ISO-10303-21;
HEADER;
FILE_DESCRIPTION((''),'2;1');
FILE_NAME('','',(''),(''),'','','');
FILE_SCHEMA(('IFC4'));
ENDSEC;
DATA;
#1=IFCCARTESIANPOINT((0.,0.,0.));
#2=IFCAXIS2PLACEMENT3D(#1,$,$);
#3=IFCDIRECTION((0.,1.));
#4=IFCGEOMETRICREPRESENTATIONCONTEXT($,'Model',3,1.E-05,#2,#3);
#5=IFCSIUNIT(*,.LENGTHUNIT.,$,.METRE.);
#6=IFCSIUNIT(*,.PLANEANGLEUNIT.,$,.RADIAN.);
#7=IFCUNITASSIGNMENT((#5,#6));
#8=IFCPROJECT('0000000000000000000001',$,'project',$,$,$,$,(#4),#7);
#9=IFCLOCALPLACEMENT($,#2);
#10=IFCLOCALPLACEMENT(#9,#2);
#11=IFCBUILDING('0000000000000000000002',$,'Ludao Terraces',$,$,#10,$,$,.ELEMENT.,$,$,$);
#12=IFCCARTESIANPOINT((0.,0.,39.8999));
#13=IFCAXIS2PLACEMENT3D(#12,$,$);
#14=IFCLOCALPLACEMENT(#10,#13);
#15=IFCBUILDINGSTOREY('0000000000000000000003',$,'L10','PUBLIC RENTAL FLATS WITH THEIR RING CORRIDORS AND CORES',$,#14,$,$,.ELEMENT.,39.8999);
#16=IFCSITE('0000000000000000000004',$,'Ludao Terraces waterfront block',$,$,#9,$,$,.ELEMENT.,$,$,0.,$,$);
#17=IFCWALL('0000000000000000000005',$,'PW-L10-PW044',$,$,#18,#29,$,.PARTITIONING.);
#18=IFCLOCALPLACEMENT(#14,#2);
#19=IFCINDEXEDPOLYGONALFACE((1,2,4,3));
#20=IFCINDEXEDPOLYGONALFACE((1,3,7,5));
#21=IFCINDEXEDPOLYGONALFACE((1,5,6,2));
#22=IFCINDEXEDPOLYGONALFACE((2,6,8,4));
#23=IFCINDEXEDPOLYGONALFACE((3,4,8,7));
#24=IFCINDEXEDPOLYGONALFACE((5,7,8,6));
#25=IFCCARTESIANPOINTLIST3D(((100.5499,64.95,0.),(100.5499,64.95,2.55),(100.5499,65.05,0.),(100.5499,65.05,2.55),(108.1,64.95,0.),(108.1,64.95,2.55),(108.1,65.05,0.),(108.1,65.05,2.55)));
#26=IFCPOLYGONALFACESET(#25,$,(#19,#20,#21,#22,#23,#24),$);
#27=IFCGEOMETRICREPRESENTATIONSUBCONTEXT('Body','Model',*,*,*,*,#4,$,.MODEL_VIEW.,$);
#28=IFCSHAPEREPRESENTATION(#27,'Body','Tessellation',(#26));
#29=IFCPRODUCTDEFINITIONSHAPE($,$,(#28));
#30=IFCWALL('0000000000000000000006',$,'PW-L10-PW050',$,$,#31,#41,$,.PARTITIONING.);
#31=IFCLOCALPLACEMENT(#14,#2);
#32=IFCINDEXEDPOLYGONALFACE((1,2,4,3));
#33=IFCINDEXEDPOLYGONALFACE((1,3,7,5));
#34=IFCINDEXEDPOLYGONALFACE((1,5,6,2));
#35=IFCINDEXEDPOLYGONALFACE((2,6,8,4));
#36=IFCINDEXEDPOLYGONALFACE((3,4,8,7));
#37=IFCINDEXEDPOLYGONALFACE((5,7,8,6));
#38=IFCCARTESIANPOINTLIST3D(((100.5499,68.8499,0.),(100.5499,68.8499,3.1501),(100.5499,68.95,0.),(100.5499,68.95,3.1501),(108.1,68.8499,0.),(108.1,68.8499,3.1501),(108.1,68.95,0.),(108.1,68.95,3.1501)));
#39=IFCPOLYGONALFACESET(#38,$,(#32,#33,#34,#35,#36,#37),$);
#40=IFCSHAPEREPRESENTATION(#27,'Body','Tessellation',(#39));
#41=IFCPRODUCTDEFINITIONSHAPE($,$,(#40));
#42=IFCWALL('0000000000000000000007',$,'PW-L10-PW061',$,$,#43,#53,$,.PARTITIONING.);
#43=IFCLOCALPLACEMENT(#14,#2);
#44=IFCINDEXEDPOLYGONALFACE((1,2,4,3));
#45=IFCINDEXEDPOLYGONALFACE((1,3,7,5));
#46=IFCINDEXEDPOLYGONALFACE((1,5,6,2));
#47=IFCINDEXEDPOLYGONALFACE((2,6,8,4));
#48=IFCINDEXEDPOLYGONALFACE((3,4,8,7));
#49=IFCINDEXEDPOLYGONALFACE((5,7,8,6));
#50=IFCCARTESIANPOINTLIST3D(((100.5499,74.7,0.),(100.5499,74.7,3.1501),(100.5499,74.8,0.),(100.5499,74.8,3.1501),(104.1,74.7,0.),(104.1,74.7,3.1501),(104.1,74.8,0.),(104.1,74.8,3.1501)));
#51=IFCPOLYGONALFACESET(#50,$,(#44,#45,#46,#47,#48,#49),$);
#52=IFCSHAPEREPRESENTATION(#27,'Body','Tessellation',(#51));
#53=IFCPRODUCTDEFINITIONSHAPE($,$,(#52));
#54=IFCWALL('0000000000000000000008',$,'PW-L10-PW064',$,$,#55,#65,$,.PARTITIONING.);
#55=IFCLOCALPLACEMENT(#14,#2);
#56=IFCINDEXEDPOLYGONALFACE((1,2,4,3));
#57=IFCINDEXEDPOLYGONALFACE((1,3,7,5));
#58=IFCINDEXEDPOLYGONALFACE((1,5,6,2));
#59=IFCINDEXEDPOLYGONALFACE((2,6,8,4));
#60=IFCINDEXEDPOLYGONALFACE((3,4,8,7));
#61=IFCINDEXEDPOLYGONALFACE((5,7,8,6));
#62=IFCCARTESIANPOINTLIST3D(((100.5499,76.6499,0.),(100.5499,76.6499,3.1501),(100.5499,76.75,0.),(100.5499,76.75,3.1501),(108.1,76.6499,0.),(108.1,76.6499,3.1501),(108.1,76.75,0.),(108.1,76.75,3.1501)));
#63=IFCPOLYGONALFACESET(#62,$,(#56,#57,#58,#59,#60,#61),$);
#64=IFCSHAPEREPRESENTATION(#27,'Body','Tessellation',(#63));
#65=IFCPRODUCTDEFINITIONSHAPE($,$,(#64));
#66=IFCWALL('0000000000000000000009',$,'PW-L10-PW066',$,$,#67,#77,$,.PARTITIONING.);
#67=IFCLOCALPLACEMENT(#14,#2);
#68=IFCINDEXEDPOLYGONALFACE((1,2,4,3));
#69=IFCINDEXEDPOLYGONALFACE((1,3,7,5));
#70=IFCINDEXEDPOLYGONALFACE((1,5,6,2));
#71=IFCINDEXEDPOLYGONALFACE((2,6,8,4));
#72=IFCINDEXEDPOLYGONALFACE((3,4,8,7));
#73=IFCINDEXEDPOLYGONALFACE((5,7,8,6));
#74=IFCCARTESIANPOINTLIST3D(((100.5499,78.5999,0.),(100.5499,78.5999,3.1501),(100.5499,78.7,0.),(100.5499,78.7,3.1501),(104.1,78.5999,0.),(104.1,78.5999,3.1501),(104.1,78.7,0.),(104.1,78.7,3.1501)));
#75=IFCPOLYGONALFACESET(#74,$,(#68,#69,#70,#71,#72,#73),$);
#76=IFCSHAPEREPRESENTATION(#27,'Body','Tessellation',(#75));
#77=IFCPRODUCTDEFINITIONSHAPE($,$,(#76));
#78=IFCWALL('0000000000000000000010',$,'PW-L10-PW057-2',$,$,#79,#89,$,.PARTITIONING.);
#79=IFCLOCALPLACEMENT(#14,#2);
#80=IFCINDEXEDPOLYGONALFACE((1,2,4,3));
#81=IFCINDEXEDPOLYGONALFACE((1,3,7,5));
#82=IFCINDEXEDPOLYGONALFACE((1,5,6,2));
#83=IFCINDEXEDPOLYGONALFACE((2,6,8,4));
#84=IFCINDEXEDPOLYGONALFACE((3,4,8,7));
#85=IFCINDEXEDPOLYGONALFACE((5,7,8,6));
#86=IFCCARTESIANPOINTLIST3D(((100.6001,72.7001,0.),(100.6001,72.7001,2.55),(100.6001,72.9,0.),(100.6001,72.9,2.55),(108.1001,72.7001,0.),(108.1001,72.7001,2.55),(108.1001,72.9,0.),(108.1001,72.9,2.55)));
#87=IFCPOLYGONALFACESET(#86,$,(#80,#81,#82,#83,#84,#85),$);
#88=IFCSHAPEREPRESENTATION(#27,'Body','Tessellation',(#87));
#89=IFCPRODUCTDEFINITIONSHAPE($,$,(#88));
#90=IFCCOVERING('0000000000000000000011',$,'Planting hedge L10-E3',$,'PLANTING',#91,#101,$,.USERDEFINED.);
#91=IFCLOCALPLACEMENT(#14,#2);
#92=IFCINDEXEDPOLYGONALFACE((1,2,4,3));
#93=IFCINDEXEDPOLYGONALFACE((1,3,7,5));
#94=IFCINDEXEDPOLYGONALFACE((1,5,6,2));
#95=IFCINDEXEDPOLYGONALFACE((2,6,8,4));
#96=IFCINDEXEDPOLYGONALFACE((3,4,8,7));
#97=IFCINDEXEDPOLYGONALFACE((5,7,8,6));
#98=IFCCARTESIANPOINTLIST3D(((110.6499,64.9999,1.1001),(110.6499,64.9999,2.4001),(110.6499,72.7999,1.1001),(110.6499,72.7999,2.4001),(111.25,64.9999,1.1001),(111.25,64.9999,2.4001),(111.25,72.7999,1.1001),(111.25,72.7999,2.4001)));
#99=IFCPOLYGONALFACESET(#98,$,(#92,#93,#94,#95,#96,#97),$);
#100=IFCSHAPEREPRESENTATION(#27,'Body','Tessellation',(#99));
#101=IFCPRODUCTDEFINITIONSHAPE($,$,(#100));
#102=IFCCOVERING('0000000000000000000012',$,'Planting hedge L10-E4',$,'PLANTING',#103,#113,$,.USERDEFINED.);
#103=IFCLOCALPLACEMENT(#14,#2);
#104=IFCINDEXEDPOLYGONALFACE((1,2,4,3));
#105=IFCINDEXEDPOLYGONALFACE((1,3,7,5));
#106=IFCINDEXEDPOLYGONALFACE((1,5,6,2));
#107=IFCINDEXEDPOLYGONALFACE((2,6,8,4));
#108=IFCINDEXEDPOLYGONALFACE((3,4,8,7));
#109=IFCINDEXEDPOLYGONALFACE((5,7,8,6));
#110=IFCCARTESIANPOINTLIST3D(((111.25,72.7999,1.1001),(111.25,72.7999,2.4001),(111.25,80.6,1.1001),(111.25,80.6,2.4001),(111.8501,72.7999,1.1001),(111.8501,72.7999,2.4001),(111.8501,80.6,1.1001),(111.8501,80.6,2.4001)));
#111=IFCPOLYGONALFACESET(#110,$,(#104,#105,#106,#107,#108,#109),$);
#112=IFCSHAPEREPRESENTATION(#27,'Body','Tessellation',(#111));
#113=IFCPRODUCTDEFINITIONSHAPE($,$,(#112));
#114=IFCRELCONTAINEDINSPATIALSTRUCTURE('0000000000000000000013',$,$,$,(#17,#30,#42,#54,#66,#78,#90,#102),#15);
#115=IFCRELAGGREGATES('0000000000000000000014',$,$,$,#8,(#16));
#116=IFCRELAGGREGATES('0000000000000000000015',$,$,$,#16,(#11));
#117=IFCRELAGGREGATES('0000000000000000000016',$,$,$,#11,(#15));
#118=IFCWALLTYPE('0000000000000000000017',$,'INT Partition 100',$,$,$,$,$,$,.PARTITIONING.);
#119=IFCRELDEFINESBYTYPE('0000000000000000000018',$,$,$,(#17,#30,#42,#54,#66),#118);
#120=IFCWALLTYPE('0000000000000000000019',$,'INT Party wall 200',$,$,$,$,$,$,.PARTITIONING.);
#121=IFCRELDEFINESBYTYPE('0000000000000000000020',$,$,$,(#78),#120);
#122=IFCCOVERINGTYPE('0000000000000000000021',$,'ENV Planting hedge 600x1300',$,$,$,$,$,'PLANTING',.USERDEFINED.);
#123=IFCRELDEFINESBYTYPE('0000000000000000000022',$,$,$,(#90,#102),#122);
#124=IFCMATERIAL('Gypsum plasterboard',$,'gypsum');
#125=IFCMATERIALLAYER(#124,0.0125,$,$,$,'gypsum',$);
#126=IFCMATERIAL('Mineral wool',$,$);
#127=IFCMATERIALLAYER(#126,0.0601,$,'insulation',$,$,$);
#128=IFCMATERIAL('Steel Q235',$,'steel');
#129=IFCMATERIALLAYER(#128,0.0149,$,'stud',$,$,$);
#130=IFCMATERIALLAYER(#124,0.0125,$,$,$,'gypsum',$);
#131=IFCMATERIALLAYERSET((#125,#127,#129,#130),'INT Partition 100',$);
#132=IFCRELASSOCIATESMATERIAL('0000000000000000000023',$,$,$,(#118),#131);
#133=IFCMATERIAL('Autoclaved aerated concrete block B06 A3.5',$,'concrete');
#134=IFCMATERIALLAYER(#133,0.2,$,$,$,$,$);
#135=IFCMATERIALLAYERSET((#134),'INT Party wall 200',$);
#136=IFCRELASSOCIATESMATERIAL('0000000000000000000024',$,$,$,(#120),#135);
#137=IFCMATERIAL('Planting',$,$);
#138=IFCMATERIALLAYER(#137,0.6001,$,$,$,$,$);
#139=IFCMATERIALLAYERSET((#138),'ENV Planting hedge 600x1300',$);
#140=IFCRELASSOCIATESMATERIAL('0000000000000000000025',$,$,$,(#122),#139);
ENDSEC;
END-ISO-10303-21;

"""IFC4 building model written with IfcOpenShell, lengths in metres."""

from ifc_helpers import new_model, si_unit, direction, frame, frame_2d, origin, origin_2d, place, context, subcontext, project, spatial, rectangle, extrude, material, layer, layer_set, type_object, element, save


model = new_model("IFC4")

# Units and contexts
model_context = context("Model", 3, precision=1e-05, world=origin(), true_north=direction((0.0, 1.0)))
body_context = subcontext(model_context, "Body", "Model", "MODEL_VIEW")
ifc_project = project(units=[si_unit("LENGTHUNIT", "METRE"), si_unit("PLANEANGLEUNIT", "RADIAN")], contexts=[model_context])

# Site, building, storey
site_placement = place(None, origin())
site = spatial("IfcSite", under=ifc_project, at=site_placement, Name="Ludao Terraces waterfront block", CompositionType="ELEMENT", RefElevation=0.0)
building_placement = place(site_placement, origin())
building = spatial("IfcBuilding", under=site, at=building_placement, Name="Ludao Terraces", CompositionType="ELEMENT")
storey_placement = place(building_placement, frame((0.0, 0.0, 39.8999)))
storey = spatial("IfcBuildingStorey", under=building, at=storey_placement, Name="L10", Description="PUBLIC RENTAL FLATS WITH THEIR RING CORRIDORS AND CORES", CompositionType="ELEMENT", Elevation=39.8999)

# Shared definitions
ifc_material_1 = material(Name="Mineral wool")

# Walls
ifc_material_2 = material(Name="Gypsum plasterboard", Category="gypsum")
ifc_layer_1 = layer(ifc_material_2, 0.0125, Category="gypsum")
ifc_layer_2 = layer(ifc_material_1, 0.0601, Name="insulation")
ifc_material_3 = material(Name="Steel Q235", Category="steel")
ifc_layer_3 = layer(ifc_material_3, 0.0149, Name="stud")
ifc_layer_4 = layer(ifc_material_2, 0.0125, Category="gypsum")
ifc_layer_set_1 = layer_set([ifc_layer_1, ifc_layer_2, ifc_layer_3, ifc_layer_4], Name="INT Partition 100")
wall_type_1 = type_object("IfcWallType", Name="INT Partition 100", PredefinedType="PARTITIONING", material=ifc_layer_set_1)
wall_1_placement = place(storey_placement, frame((100.55, 65.0, 0.0), z_axis=(0.0, 0.0, 1.0), x_axis=(1.0, 0.0, 0.0)))
element("IfcWall", 1, at=wall_1_placement, inside=storey, type_object=wall_type_1, Name="PW-L10-PW044", PredefinedType="PARTITIONING", context=body_context, shape_type="SweptSolid", body=[
    extrude(rectangle(XDim=7.55, YDim=0.1001, at=frame_2d((3.7749, 0.0))), origin(), (0.0, 0.0, 1.0), 2.55),
])
wall_2_placement = place(storey_placement, frame((100.55, 68.8999, 0.0), z_axis=(0.0, 0.0, 1.0), x_axis=(1.0, 0.0, 0.0)))
element("IfcWall", 2, at=wall_2_placement, inside=storey, type_object=wall_type_1, Name="PW-L10-PW050", PredefinedType="PARTITIONING", context=body_context, shape_type="SweptSolid", body=[
    extrude(rectangle(XDim=7.55, YDim=0.1001, at=frame_2d((3.7749, 0.0))), origin(), (0.0, 0.0, 1.0), 3.1501),
])
wall_3_placement = place(storey_placement, frame((100.55, 74.75, 0.0), z_axis=(0.0, 0.0, 1.0), x_axis=(1.0, 0.0, 0.0)))
element("IfcWall", 3, at=wall_3_placement, inside=storey, type_object=wall_type_1, Name="PW-L10-PW061", PredefinedType="PARTITIONING", context=body_context, shape_type="SweptSolid", body=[
    extrude(rectangle(XDim=3.55, YDim=0.1001, at=frame_2d((1.7749, 0.0))), origin(), (0.0, 0.0, 1.0), 3.1501),
])
wall_4_placement = place(storey_placement, frame((100.55, 76.7, 0.0), z_axis=(0.0, 0.0, 1.0), x_axis=(1.0, 0.0, 0.0)))
element("IfcWall", 4, at=wall_4_placement, inside=storey, type_object=wall_type_1, Name="PW-L10-PW064", PredefinedType="PARTITIONING", context=body_context, shape_type="SweptSolid", body=[
    extrude(rectangle(XDim=7.55, YDim=0.1001, at=frame_2d((3.7749, 0.0))), origin(), (0.0, 0.0, 1.0), 3.1501),
])
wall_5_placement = place(storey_placement, frame((100.55, 78.6499, 0.0), z_axis=(0.0, 0.0, 1.0), x_axis=(1.0, 0.0, 0.0)))
element("IfcWall", 5, at=wall_5_placement, inside=storey, type_object=wall_type_1, Name="PW-L10-PW066", PredefinedType="PARTITIONING", context=body_context, shape_type="SweptSolid", body=[
    extrude(rectangle(XDim=3.55, YDim=0.1001, at=frame_2d((1.7749, 0.0))), origin(), (0.0, 0.0, 1.0), 3.1501),
])
ifc_material_4 = material(Name="Autoclaved aerated concrete block B06 A3.5", Category="concrete")
ifc_layer_5 = layer(ifc_material_4, 0.2)
ifc_layer_set_2 = layer_set([ifc_layer_5], Name="INT Party wall 200")
wall_type_2 = type_object("IfcWallType", Name="INT Party wall 200", PredefinedType="PARTITIONING", material=ifc_layer_set_2)
wall_6_placement = place(storey_placement, frame((100.6001, 72.8, 0.0), z_axis=(0.0, 0.0, 1.0), x_axis=(1.0, 0.0, 0.0)))
element("IfcWall", 6, at=wall_6_placement, inside=storey, type_object=wall_type_2, Name="PW-L10-PW057-2", PredefinedType="PARTITIONING", context=body_context, shape_type="SweptSolid", body=[
    extrude(rectangle(XDim=7.5, YDim=0.2, at=frame_2d((3.75, 0.0))), origin(), (0.0, 0.0, 1.0), 2.55),
])

# Coverings
ifc_material_5 = material(Name="Planting")
ifc_layer_6 = layer(ifc_material_5, 0.6001)
ifc_layer_set_3 = layer_set([ifc_layer_6], Name="ENV Planting hedge 600x1300")
covering_type = type_object("IfcCoveringType", Name="ENV Planting hedge 600x1300", ElementType="PLANTING", PredefinedType="USERDEFINED", material=ifc_layer_set_3)
for number, where, z_axis, x_axis, name in (
    (7, (110.95, 68.8999, 1.1001), (0.0, 0.0, 1.0), (1.0, 0.0, 0.0), "Planting hedge L10-E3"),
    (8, (111.55, 76.7, 1.1001), (0.0, 0.0, 1.0), (1.0, 0.0, 0.0), "Planting hedge L10-E4"),
):
    element("IfcCovering", number, at=place(storey_placement, frame(where, z_axis=z_axis, x_axis=x_axis)), inside=storey, type_object=covering_type, Name=name, ObjectType="PLANTING", PredefinedType="USERDEFINED", context=body_context, shape_type="SweptSolid", body=[
        extrude(rectangle(XDim=0.6001, YDim=7.8, at=origin_2d()), origin(), (0.0, 0.0, 1.0), 1.3),
    ])

save(model, "model.ifc")
